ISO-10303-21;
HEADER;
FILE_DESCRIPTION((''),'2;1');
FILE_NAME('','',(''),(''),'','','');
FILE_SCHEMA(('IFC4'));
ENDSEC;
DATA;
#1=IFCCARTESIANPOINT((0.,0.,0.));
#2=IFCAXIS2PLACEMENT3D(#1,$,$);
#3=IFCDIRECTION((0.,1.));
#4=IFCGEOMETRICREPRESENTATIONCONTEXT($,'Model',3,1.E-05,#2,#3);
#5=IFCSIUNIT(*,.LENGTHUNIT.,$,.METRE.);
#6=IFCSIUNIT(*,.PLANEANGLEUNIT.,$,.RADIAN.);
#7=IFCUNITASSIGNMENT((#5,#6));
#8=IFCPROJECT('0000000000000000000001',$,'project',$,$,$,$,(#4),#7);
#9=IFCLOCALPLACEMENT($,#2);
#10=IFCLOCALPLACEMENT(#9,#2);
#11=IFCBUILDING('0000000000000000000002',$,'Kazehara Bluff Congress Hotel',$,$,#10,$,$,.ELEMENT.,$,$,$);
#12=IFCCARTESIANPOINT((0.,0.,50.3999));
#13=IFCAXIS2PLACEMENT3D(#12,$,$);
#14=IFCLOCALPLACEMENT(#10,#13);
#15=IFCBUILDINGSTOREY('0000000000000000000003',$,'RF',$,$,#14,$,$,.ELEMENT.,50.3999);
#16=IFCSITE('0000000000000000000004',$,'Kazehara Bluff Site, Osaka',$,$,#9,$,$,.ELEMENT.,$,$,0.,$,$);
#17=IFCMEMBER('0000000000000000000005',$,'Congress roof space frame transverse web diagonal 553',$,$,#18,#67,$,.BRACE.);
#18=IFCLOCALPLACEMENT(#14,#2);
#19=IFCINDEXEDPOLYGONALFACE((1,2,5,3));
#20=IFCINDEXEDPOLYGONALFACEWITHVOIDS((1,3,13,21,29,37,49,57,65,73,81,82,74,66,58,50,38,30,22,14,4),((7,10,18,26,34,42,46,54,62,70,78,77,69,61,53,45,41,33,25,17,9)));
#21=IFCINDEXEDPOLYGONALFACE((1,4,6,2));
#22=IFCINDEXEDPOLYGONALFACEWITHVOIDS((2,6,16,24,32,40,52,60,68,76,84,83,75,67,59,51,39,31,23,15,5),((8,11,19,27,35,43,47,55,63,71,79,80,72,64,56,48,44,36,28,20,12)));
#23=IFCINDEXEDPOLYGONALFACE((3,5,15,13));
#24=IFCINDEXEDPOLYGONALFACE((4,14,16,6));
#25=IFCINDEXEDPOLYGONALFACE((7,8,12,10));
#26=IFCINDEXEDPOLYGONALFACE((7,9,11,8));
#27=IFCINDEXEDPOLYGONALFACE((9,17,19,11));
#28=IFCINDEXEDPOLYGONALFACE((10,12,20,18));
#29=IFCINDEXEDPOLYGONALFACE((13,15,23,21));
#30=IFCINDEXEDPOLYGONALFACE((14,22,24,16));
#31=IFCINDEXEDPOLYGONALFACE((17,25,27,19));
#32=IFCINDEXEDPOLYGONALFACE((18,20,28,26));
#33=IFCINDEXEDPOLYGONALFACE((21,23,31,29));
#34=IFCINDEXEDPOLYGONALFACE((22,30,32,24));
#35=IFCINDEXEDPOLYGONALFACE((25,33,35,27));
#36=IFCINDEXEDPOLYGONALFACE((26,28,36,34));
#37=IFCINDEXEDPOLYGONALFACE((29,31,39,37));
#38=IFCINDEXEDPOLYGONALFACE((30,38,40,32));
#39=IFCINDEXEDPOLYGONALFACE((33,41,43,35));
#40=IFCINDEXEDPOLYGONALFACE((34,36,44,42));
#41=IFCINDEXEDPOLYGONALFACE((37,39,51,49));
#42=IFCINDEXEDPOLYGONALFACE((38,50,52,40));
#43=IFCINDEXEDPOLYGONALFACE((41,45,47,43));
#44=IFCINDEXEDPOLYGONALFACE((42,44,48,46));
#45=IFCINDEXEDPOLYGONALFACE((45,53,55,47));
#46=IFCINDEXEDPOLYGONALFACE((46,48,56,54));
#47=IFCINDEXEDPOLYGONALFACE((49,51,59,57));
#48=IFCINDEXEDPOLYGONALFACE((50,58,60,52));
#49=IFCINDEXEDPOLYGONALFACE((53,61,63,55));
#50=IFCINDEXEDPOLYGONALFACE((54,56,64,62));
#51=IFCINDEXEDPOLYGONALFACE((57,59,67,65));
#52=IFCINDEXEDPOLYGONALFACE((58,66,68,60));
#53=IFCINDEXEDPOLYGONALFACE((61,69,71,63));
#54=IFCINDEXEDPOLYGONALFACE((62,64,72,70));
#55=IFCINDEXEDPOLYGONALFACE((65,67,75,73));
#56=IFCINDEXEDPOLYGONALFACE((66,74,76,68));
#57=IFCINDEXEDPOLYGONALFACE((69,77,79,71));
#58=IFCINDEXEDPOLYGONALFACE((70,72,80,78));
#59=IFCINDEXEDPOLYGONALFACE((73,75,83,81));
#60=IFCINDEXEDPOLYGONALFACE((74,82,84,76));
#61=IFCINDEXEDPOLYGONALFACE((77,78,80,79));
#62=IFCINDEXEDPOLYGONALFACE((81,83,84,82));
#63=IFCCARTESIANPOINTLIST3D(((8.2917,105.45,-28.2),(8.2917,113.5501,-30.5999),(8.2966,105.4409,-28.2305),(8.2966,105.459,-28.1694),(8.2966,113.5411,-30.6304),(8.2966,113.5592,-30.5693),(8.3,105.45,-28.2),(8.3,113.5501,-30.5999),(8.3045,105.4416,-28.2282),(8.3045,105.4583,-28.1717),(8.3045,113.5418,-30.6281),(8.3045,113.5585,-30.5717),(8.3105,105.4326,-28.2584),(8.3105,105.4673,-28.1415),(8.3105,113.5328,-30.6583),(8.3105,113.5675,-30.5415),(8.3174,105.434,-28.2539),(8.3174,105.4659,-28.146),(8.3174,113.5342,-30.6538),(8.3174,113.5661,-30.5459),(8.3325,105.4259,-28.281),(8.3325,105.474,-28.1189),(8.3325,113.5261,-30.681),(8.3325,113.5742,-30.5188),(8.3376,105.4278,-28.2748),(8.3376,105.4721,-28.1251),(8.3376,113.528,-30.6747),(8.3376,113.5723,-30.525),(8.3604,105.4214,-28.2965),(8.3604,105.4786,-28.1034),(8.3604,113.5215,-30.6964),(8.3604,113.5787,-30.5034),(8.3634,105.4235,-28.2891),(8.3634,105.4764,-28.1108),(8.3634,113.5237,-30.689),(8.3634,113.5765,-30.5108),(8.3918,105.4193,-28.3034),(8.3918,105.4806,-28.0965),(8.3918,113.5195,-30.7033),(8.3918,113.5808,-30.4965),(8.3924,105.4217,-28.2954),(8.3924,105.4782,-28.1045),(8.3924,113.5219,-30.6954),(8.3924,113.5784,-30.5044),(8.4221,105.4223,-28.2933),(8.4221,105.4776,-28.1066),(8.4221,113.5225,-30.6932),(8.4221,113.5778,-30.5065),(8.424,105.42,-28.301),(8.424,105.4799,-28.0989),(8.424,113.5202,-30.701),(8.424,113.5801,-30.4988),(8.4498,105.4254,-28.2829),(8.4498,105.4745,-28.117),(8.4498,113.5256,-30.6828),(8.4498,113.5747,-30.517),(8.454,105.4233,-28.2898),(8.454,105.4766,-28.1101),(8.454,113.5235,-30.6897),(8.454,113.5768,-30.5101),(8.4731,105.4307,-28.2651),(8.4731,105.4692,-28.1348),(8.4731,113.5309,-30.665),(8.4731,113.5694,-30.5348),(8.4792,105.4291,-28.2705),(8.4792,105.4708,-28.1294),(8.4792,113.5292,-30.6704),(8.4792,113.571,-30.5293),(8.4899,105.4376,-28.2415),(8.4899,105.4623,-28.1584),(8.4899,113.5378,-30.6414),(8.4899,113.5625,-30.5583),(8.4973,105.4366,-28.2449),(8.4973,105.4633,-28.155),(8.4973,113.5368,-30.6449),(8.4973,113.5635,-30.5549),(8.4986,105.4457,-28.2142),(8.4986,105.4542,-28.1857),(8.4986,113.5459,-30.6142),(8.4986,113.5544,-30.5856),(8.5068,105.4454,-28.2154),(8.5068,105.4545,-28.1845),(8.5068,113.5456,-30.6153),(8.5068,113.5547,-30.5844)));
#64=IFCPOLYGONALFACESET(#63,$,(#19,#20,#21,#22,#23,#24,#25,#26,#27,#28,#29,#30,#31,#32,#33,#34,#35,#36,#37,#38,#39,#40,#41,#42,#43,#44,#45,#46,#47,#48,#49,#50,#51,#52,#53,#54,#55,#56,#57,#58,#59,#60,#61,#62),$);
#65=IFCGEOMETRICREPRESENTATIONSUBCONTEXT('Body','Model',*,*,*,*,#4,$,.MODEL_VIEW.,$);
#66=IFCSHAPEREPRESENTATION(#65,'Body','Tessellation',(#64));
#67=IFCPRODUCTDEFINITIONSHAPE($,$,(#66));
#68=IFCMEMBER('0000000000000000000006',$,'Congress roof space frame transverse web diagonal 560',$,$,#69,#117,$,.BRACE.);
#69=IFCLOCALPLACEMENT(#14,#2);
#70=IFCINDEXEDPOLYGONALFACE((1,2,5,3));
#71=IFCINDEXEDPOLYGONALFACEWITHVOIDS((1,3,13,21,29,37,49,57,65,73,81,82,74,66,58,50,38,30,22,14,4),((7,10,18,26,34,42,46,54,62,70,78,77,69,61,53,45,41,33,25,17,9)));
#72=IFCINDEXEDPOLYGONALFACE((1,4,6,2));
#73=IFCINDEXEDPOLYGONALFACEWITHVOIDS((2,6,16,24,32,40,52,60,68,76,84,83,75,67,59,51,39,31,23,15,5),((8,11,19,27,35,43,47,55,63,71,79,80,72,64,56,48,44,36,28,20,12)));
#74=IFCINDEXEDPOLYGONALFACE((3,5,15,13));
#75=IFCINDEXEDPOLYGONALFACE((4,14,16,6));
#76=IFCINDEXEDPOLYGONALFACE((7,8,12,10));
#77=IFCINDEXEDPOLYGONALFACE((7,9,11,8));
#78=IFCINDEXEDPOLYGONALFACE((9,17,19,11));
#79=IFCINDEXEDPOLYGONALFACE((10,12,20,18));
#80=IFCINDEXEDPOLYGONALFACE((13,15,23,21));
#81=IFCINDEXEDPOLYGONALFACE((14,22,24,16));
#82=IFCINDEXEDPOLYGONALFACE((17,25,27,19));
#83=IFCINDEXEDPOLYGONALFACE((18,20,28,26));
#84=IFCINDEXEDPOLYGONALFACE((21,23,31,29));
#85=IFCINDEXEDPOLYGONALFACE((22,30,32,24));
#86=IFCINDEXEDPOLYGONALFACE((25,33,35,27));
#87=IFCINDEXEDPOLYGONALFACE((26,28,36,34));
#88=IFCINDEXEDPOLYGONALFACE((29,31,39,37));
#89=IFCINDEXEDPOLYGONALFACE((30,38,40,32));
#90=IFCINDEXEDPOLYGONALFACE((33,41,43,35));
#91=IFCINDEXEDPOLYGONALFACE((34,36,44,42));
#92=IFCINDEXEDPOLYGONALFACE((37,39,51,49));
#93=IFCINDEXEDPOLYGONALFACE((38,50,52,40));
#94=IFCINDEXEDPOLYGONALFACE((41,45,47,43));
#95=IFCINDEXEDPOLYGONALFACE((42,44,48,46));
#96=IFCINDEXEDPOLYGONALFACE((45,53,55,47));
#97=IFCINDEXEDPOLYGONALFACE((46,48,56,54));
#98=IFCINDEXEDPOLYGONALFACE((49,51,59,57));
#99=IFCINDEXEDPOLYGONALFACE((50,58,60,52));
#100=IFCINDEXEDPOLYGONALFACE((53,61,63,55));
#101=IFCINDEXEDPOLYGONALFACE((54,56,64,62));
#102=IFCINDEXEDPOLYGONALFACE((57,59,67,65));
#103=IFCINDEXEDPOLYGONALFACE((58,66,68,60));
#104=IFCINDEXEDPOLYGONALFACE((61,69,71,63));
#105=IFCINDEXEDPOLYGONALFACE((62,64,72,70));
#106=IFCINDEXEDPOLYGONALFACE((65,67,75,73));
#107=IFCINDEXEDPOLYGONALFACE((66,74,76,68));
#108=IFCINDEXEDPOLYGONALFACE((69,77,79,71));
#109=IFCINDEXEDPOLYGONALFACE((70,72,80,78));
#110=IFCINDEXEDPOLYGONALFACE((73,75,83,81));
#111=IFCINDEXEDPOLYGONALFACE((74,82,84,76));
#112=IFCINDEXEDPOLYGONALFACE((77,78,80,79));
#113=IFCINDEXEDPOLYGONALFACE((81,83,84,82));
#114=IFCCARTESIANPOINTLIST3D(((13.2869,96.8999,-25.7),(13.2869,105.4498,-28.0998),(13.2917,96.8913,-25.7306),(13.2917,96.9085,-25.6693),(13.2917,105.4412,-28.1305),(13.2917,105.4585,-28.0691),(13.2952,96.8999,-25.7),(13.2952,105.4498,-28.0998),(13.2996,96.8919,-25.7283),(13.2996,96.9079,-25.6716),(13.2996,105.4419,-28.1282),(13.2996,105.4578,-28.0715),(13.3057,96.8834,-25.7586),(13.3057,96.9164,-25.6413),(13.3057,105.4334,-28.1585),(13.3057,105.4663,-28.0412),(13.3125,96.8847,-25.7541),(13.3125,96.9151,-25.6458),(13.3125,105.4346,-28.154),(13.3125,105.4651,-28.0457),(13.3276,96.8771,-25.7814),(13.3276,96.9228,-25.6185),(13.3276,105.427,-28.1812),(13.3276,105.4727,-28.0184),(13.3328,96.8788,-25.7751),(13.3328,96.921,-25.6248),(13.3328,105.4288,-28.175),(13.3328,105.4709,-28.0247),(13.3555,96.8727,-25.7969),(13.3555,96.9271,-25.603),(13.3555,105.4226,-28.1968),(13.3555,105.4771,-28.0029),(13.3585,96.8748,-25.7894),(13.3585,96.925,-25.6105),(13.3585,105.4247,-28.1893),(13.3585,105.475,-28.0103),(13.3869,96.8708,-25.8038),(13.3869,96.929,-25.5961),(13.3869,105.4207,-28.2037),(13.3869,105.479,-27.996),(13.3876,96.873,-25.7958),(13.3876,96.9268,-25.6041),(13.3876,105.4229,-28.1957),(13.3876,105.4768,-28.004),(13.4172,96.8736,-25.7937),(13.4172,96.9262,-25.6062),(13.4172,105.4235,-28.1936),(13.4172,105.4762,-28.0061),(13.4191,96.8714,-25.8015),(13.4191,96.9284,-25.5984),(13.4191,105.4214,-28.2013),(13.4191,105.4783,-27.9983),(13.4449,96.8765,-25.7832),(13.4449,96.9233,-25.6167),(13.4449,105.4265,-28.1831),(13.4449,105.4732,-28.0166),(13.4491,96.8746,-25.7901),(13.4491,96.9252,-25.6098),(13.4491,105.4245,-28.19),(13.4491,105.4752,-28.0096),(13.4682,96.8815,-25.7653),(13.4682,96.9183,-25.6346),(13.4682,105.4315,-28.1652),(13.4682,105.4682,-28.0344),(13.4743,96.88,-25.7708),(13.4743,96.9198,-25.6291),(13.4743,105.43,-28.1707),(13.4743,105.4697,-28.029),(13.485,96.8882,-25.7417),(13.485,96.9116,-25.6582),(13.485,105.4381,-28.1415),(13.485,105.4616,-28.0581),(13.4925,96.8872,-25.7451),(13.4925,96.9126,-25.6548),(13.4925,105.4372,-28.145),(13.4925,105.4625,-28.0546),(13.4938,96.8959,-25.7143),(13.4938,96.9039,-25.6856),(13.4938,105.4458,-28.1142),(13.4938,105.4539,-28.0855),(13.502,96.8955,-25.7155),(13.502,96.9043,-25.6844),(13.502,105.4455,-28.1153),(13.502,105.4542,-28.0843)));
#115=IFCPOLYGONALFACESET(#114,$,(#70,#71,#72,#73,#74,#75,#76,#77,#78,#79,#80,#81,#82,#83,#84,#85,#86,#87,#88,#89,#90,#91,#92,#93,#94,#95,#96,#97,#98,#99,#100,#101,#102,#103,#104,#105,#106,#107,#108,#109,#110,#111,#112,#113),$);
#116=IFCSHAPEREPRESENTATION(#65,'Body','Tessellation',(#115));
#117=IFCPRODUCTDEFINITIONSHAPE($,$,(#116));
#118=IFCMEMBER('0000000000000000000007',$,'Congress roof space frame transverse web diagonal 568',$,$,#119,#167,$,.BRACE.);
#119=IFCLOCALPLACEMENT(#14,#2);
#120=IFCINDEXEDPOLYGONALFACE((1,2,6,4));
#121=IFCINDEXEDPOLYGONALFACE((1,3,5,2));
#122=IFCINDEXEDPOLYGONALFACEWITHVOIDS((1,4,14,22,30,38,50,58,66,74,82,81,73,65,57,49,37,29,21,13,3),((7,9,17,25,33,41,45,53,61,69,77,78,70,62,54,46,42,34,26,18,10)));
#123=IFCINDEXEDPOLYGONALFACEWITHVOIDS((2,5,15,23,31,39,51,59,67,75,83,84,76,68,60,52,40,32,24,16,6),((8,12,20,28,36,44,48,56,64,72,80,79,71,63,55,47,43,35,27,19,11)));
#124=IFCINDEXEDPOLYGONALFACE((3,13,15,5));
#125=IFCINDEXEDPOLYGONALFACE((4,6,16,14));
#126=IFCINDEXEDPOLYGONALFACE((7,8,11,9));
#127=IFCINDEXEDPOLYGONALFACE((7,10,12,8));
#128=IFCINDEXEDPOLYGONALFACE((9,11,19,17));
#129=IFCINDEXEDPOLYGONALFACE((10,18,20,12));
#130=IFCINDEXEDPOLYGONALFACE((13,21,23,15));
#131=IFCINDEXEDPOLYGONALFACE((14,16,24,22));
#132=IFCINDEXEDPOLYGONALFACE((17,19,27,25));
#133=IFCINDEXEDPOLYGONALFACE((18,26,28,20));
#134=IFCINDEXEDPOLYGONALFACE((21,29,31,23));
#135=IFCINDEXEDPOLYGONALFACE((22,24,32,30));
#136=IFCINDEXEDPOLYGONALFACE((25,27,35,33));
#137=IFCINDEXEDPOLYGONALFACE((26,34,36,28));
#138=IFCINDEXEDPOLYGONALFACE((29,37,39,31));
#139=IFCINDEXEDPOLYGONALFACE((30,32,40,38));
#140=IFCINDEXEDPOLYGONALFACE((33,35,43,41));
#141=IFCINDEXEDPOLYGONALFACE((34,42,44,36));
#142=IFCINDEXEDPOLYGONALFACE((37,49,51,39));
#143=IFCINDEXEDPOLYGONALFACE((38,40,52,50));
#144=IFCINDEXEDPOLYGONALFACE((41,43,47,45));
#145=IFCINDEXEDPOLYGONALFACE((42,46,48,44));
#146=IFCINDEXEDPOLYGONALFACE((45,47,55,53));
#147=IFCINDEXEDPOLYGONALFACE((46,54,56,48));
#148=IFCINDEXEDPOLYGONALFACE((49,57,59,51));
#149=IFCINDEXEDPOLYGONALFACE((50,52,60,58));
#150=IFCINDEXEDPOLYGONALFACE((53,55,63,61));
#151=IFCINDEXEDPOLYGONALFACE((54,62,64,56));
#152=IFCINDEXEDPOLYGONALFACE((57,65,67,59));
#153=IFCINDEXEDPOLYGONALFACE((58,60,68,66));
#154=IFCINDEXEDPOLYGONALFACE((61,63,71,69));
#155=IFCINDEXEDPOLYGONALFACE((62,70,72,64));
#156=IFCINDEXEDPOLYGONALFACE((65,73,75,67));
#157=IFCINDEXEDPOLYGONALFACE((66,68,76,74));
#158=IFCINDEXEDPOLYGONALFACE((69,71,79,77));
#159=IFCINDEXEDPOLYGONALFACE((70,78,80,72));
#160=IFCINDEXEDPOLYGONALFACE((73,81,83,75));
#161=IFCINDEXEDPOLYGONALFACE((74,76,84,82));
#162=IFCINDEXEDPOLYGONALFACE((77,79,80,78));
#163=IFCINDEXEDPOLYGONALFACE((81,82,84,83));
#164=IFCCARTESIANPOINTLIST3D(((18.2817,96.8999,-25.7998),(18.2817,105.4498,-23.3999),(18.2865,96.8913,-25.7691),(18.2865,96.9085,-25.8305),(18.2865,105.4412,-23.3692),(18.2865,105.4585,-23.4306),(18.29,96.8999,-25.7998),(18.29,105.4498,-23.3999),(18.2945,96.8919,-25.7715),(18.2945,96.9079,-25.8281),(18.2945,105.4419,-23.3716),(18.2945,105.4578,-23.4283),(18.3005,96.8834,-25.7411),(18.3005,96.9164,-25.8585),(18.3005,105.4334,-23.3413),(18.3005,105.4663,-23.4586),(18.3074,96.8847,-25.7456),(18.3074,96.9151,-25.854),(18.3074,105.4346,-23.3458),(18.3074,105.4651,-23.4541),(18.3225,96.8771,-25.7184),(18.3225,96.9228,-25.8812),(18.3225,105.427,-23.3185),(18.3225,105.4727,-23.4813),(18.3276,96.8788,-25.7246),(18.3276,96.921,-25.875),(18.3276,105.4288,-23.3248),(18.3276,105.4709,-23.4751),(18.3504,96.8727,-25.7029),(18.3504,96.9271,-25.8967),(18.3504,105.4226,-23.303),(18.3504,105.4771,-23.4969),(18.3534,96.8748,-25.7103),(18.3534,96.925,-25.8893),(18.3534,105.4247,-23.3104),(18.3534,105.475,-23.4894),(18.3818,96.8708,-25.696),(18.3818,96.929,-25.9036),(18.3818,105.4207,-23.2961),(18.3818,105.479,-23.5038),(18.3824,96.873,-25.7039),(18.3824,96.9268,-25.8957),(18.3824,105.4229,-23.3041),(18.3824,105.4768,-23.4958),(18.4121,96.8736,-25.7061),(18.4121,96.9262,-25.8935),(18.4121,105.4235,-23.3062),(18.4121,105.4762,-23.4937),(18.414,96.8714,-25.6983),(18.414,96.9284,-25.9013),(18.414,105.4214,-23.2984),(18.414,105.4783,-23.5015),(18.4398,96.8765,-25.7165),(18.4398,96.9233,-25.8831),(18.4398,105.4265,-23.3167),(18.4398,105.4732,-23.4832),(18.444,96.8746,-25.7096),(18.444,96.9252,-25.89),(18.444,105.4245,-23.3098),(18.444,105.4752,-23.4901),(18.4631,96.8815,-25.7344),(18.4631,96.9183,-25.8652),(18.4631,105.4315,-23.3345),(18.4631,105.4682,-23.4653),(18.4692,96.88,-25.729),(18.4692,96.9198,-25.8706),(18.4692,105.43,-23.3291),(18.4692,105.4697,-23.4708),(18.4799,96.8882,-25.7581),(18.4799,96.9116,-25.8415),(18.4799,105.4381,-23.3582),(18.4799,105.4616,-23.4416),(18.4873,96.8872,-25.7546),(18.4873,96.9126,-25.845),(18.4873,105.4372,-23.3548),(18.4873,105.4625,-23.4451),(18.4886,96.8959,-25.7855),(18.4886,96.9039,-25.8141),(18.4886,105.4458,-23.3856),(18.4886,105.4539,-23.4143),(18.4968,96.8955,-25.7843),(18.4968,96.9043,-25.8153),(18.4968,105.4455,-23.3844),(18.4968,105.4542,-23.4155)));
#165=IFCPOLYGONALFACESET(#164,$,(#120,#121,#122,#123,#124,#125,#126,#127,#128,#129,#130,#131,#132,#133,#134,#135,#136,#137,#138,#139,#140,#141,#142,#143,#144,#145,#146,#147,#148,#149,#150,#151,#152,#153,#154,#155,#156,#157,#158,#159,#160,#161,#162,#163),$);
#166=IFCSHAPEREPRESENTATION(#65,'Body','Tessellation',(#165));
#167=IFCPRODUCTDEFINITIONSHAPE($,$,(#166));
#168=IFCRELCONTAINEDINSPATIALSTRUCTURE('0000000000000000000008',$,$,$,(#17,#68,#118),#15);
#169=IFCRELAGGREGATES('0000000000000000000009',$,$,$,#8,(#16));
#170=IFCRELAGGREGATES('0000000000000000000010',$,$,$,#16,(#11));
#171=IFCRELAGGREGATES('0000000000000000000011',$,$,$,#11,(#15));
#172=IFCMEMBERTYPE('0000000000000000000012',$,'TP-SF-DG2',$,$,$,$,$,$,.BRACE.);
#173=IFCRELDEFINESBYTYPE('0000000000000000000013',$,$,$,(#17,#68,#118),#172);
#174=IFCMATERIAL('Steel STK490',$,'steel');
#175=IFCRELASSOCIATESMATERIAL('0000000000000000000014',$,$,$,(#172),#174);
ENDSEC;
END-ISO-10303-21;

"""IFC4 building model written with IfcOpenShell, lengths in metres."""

from ifc_helpers import new_model, si_unit, direction, frame, origin, origin_2d, place, context, subcontext, project, spatial, hollow_circle, extrude, material, material_profile, profile_set, type_object, element, save


model = new_model("IFC4")

# Units and contexts
model_context = context("Model", 3, precision=1e-05, world=origin(), true_north=direction((0.0, 1.0)))
body_context = subcontext(model_context, "Body", "Model", "MODEL_VIEW")
ifc_project = project(units=[si_unit("LENGTHUNIT", "METRE"), si_unit("PLANEANGLEUNIT", "RADIAN")], contexts=[model_context])

# Site, building, storey
site_placement = place(None, origin())
site = spatial("IfcSite", under=ifc_project, at=site_placement, Name="Kazehara Bluff Site, Osaka", CompositionType="ELEMENT", RefElevation=0.0)
building_placement = place(site_placement, origin())
building = spatial("IfcBuilding", under=site, at=building_placement, Name="Kazehara Bluff Congress Hotel", CompositionType="ELEMENT")
storey_placement = place(building_placement, frame((0.0, 0.0, 50.3999)))
storey = spatial("IfcBuildingStorey", under=building, at=storey_placement, Name="RF", CompositionType="ELEMENT", Elevation=50.3999)

# Members
ifc_material_1 = material(Name="Steel STK490", Category="steel")
ifc_material_profile_1 = material_profile(ifc_material_1, hollow_circle(Radius=0.1082, WallThickness=0.0083, at=origin_2d()))
ifc_profile_set_1 = profile_set([ifc_material_profile_1], Name="Steel STK490")
member_type_1 = type_object("IfcMemberType", Name="TP-SF-DG2", PredefinedType="BRACE", material=ifc_profile_set_1)
member_1_placement = place(storey_placement, frame((8.3999, 105.45, -28.2), z_axis=(0.0, 0.958802, -0.284075), x_axis=(-1.0, 0.0, 0.0)))
element("IfcMember", 1, at=member_1_placement, inside=storey, type_object=member_type_1, Name="Congress roof space frame transverse web diagonal 553", PredefinedType="BRACE", context=body_context, shape_type="SweptSolid", body=[
    extrude(hollow_circle(Radius=0.1082, WallThickness=0.0083, at=origin_2d()), origin(), (0.0, 0.0, 1.0), 8.4482),
])
for number, where, z_axis, x_axis, name in (
    (2, (13.395, 96.8999, -25.7), (0.0, 0.962792, -0.270245), (-1.0, 0.0, 0.0), "Congress roof space frame transverse web diagonal 560"),
    (3, (18.3899, 96.8999, -25.7998), (0.0, 0.962792, 0.270245), (-1.0, 0.0, 0.0), "Congress roof space frame transverse web diagonal 568"),
):
    element("IfcMember", number, at=place(storey_placement, frame(where, z_axis=z_axis, x_axis=x_axis)), inside=storey, type_object=member_type_1, Name=name, PredefinedType="BRACE", context=body_context, shape_type="SweptSolid", body=[
        extrude(hollow_circle(Radius=0.1082, WallThickness=0.0083, at=origin_2d()), origin(), (0.0, 0.0, 1.0), 8.8804),
    ])

save(model, "model.ifc")
